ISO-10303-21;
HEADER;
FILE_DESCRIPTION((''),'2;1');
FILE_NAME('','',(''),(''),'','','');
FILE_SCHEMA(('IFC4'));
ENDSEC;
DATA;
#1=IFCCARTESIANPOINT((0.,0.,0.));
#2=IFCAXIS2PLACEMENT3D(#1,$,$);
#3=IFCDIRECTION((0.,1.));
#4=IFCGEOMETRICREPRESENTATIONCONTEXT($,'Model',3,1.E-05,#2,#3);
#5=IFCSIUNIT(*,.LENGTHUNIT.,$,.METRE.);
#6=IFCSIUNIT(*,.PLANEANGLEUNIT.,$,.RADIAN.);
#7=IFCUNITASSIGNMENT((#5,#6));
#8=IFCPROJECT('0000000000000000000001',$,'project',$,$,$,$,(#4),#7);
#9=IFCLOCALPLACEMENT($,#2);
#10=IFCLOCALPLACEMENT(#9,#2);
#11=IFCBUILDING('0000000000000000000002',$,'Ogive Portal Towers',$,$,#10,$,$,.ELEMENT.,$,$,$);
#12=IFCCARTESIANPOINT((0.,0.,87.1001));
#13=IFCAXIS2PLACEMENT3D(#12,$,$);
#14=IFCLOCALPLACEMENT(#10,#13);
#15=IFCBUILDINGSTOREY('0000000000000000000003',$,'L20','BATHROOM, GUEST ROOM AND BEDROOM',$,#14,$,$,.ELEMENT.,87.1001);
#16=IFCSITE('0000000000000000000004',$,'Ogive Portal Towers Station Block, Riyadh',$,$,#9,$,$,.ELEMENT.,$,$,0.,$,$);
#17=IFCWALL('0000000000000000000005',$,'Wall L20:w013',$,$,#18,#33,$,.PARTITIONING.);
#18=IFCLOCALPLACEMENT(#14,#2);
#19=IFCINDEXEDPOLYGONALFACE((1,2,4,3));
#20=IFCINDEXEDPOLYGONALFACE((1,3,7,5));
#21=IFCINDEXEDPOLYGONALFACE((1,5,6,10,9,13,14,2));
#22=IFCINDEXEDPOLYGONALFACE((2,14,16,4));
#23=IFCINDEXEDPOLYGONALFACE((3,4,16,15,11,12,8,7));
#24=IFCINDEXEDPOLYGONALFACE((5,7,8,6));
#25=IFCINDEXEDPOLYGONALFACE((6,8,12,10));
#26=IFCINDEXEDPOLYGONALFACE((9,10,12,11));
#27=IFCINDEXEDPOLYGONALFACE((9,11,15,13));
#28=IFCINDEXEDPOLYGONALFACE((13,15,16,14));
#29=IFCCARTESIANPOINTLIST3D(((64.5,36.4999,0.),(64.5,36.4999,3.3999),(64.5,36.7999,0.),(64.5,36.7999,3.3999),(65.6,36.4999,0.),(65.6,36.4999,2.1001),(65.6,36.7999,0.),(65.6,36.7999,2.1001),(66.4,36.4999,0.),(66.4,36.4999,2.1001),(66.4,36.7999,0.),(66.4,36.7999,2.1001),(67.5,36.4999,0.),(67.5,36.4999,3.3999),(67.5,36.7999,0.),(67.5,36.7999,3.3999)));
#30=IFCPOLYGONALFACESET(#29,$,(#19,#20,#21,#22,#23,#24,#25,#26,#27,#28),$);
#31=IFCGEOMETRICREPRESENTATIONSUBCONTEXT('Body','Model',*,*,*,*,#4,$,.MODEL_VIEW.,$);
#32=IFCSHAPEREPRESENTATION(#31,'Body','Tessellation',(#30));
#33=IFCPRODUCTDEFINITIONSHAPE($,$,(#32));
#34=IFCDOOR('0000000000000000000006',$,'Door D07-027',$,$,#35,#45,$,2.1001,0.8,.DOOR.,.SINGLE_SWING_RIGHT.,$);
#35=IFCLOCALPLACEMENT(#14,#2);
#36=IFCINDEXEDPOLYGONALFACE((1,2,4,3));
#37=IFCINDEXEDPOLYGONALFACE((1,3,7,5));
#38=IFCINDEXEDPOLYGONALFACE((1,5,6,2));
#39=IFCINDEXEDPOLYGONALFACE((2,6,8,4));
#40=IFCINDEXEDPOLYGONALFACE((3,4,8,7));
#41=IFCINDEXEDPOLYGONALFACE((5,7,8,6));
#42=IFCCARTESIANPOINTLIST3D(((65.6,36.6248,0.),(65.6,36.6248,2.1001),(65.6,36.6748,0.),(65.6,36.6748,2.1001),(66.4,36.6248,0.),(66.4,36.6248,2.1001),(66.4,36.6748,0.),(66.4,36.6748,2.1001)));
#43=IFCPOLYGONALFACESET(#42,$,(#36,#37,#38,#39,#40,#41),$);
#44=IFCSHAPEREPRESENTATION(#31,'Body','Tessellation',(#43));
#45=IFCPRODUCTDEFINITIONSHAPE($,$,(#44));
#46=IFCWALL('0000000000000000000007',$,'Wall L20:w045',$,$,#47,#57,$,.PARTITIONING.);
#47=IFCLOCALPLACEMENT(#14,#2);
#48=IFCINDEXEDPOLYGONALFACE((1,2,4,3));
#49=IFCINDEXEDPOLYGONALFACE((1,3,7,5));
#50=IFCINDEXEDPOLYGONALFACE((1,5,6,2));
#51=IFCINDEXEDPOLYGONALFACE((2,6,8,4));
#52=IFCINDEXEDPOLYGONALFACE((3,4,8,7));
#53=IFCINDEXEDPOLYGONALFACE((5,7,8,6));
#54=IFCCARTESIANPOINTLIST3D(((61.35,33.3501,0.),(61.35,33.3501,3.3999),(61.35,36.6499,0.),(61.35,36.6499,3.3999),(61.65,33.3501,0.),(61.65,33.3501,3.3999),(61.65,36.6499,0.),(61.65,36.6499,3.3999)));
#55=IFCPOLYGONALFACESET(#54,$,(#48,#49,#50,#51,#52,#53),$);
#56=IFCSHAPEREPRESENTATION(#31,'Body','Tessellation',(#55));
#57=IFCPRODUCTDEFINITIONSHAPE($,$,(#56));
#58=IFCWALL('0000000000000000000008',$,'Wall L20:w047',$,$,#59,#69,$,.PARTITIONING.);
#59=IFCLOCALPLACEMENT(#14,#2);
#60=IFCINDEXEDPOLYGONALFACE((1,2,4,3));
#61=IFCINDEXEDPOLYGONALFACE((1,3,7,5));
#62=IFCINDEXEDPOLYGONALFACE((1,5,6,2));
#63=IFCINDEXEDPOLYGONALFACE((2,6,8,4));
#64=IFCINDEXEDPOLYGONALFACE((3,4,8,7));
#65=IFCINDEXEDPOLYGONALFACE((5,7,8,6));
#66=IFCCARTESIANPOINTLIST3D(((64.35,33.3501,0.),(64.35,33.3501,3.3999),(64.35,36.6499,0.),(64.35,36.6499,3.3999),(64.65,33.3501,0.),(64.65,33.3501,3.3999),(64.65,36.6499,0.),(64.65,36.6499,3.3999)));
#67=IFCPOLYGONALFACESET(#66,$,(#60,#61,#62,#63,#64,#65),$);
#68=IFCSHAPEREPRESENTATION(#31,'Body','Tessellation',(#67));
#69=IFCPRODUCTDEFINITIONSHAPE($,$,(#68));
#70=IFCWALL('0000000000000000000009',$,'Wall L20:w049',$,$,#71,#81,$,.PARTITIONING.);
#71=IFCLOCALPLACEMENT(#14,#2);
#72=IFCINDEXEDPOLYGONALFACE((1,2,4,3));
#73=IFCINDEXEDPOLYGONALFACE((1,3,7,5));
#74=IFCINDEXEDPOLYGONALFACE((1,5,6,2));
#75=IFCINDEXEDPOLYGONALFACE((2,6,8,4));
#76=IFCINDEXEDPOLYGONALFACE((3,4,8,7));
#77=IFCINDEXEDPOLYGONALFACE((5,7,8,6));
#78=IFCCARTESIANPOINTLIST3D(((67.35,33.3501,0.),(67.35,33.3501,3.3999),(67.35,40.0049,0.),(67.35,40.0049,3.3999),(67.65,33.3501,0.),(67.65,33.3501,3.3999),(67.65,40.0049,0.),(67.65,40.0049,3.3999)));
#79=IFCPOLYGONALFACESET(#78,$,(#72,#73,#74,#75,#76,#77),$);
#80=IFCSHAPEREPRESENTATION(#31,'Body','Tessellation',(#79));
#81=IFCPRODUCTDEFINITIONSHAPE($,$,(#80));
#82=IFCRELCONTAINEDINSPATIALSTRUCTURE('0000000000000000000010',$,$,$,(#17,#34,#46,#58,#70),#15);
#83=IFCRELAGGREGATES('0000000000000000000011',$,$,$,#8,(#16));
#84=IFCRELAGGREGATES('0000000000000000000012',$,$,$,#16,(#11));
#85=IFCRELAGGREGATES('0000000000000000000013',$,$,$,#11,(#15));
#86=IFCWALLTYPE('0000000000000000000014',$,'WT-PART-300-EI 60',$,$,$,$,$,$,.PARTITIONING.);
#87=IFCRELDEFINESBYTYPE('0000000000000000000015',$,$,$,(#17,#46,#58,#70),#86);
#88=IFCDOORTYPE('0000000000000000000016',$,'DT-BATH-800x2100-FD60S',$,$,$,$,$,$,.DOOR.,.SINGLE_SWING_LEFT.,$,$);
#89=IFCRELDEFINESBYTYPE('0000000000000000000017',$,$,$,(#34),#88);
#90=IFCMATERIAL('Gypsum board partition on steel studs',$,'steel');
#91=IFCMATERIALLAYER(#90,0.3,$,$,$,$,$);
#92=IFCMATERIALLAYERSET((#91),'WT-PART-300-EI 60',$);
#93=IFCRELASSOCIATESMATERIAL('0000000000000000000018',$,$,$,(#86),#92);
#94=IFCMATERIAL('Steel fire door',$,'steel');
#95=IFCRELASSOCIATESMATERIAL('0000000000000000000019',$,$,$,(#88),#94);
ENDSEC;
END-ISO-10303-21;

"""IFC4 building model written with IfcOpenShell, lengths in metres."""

from ifc_helpers import new_model, si_unit, direction, frame, frame_2d, origin, place, context, subcontext, project, spatial, rectangle, extrude, material, layer, layer_set, type_object, element, fill, save


model = new_model("IFC4")

# Units and contexts
model_context = context("Model", 3, precision=1e-05, world=origin(), true_north=direction((0.0, 1.0)))
body_context = subcontext(model_context, "Body", "Model", "MODEL_VIEW")
ifc_project = project(units=[si_unit("LENGTHUNIT", "METRE"), si_unit("PLANEANGLEUNIT", "RADIAN")], contexts=[model_context])

# Site, building, storey
site_placement = place(None, origin())
site = spatial("IfcSite", under=ifc_project, at=site_placement, Name="Ogive Portal Towers Station Block, Riyadh", CompositionType="ELEMENT", RefElevation=0.0)
building_placement = place(site_placement, origin())
building = spatial("IfcBuilding", under=site, at=building_placement, Name="Ogive Portal Towers", CompositionType="ELEMENT")
storey_placement = place(building_placement, frame((0.0, 0.0, 87.1001)))
storey = spatial("IfcBuildingStorey", under=building, at=storey_placement, Name="L20", Description="BATHROOM, GUEST ROOM AND BEDROOM", CompositionType="ELEMENT", Elevation=87.1001)

# Shared definitions
ifc_material_1 = material(Name="Gypsum board partition on steel studs", Category="steel")
ifc_material_2 = material(Name="Steel fire door", Category="steel")

# Wall, opening, door
ifc_layer_1 = layer(ifc_material_1, 0.3)
ifc_layer_set_1 = layer_set([ifc_layer_1], Name="WT-PART-300-EI 60")
wall_type_1 = type_object("IfcWallType", Name="WT-PART-300-EI 60", PredefinedType="PARTITIONING", material=ifc_layer_set_1)
door_type_1 = type_object("IfcDoorType", Name="DT-BATH-800x2100-FD60S", OperationType="SINGLE_SWING_LEFT", PredefinedType="DOOR", material=ifc_material_2)
wall_1_placement = place(storey_placement, frame((64.5, 36.6499, 0.0), z_axis=(0.0, 0.0, 1.0), x_axis=(1.0, 0.0, 0.0)))
wall_1 = element("IfcWall", 1, at=wall_1_placement, inside=storey, type_object=wall_type_1, Name="Wall L20:w013", PredefinedType="PARTITIONING", context=body_context, shape_type="SweptSolid", body=[
    extrude(rectangle(XDim=3.0, YDim=0.3, at=frame_2d((1.5, 0.0))), origin(), (0.0, 0.0, 1.0), 3.3999),
])
opening_1_placement = place(wall_1_placement, frame((1.1001, 0.0, 0.0)))
opening_1 = element("IfcOpeningElement", 2, at=opening_1_placement, cuts=wall_1, PredefinedType="OPENING", context=body_context, shape_type="SweptSolid", body=[
    extrude(rectangle(XDim=0.8, YDim=2.1001, at=frame_2d((0.3999, 1.05))), frame((0.0, 0.1602, 0.0), z_axis=(0.0, -1.0, 0.0), x_axis=(1.0, 0.0, 0.0)), (0.0, 0.0, 1.0), 0.3201),
])
door_1_placement = place(opening_1_placement, origin())
door_1 = element("IfcDoor", 3, at=door_1_placement, inside=storey, type_object=door_type_1, Name="Door D07-027", OperationType="SINGLE_SWING_RIGHT", OverallHeight=2.1001, OverallWidth=0.8, PredefinedType="DOOR", context=body_context, shape_type="SweptSolid", body=[
    extrude(rectangle(XDim=0.8, YDim=2.1001, at=frame_2d((0.3999, 1.05))), frame((0.0, 0.0249, 0.0), z_axis=(0.0, -1.0, 0.0), x_axis=(1.0, 0.0, 0.0)), (0.0, 0.0, 1.0), 0.05),
])
fill(opening_1, door_1)

# Walls
for number, where, z_axis, x_axis, name in (
    (4, (61.5, 33.3501, 0.0), (0.0, 0.0, 1.0), (0.0, 1.0, 0.0), "Wall L20:w045"),
    (5, (64.5, 33.3501, 0.0), (0.0, 0.0, 1.0), (0.0, 1.0, 0.0), "Wall L20:w047"),
):
    element("IfcWall", number, at=place(storey_placement, frame(where, z_axis=z_axis, x_axis=x_axis)), inside=storey, type_object=wall_type_1, Name=name, PredefinedType="PARTITIONING", context=body_context, shape_type="SweptSolid", body=[
        extrude(rectangle(XDim=3.2998, YDim=0.3, at=frame_2d((1.6499, 0.0))), origin(), (0.0, 0.0, 1.0), 3.3999),
    ])
wall_2_placement = place(storey_placement, frame((67.5, 33.3501, 0.0), z_axis=(0.0, 0.0, 1.0), x_axis=(0.0, 1.0, 0.0)))
element("IfcWall", 6, at=wall_2_placement, inside=storey, type_object=wall_type_1, Name="Wall L20:w049", PredefinedType="PARTITIONING", context=body_context, shape_type="SweptSolid", body=[
    extrude(rectangle(XDim=6.6548, YDim=0.3, at=frame_2d((3.3274, 0.0))), origin(), (0.0, 0.0, 1.0), 3.3999),
])

save(model, "model.ifc")
